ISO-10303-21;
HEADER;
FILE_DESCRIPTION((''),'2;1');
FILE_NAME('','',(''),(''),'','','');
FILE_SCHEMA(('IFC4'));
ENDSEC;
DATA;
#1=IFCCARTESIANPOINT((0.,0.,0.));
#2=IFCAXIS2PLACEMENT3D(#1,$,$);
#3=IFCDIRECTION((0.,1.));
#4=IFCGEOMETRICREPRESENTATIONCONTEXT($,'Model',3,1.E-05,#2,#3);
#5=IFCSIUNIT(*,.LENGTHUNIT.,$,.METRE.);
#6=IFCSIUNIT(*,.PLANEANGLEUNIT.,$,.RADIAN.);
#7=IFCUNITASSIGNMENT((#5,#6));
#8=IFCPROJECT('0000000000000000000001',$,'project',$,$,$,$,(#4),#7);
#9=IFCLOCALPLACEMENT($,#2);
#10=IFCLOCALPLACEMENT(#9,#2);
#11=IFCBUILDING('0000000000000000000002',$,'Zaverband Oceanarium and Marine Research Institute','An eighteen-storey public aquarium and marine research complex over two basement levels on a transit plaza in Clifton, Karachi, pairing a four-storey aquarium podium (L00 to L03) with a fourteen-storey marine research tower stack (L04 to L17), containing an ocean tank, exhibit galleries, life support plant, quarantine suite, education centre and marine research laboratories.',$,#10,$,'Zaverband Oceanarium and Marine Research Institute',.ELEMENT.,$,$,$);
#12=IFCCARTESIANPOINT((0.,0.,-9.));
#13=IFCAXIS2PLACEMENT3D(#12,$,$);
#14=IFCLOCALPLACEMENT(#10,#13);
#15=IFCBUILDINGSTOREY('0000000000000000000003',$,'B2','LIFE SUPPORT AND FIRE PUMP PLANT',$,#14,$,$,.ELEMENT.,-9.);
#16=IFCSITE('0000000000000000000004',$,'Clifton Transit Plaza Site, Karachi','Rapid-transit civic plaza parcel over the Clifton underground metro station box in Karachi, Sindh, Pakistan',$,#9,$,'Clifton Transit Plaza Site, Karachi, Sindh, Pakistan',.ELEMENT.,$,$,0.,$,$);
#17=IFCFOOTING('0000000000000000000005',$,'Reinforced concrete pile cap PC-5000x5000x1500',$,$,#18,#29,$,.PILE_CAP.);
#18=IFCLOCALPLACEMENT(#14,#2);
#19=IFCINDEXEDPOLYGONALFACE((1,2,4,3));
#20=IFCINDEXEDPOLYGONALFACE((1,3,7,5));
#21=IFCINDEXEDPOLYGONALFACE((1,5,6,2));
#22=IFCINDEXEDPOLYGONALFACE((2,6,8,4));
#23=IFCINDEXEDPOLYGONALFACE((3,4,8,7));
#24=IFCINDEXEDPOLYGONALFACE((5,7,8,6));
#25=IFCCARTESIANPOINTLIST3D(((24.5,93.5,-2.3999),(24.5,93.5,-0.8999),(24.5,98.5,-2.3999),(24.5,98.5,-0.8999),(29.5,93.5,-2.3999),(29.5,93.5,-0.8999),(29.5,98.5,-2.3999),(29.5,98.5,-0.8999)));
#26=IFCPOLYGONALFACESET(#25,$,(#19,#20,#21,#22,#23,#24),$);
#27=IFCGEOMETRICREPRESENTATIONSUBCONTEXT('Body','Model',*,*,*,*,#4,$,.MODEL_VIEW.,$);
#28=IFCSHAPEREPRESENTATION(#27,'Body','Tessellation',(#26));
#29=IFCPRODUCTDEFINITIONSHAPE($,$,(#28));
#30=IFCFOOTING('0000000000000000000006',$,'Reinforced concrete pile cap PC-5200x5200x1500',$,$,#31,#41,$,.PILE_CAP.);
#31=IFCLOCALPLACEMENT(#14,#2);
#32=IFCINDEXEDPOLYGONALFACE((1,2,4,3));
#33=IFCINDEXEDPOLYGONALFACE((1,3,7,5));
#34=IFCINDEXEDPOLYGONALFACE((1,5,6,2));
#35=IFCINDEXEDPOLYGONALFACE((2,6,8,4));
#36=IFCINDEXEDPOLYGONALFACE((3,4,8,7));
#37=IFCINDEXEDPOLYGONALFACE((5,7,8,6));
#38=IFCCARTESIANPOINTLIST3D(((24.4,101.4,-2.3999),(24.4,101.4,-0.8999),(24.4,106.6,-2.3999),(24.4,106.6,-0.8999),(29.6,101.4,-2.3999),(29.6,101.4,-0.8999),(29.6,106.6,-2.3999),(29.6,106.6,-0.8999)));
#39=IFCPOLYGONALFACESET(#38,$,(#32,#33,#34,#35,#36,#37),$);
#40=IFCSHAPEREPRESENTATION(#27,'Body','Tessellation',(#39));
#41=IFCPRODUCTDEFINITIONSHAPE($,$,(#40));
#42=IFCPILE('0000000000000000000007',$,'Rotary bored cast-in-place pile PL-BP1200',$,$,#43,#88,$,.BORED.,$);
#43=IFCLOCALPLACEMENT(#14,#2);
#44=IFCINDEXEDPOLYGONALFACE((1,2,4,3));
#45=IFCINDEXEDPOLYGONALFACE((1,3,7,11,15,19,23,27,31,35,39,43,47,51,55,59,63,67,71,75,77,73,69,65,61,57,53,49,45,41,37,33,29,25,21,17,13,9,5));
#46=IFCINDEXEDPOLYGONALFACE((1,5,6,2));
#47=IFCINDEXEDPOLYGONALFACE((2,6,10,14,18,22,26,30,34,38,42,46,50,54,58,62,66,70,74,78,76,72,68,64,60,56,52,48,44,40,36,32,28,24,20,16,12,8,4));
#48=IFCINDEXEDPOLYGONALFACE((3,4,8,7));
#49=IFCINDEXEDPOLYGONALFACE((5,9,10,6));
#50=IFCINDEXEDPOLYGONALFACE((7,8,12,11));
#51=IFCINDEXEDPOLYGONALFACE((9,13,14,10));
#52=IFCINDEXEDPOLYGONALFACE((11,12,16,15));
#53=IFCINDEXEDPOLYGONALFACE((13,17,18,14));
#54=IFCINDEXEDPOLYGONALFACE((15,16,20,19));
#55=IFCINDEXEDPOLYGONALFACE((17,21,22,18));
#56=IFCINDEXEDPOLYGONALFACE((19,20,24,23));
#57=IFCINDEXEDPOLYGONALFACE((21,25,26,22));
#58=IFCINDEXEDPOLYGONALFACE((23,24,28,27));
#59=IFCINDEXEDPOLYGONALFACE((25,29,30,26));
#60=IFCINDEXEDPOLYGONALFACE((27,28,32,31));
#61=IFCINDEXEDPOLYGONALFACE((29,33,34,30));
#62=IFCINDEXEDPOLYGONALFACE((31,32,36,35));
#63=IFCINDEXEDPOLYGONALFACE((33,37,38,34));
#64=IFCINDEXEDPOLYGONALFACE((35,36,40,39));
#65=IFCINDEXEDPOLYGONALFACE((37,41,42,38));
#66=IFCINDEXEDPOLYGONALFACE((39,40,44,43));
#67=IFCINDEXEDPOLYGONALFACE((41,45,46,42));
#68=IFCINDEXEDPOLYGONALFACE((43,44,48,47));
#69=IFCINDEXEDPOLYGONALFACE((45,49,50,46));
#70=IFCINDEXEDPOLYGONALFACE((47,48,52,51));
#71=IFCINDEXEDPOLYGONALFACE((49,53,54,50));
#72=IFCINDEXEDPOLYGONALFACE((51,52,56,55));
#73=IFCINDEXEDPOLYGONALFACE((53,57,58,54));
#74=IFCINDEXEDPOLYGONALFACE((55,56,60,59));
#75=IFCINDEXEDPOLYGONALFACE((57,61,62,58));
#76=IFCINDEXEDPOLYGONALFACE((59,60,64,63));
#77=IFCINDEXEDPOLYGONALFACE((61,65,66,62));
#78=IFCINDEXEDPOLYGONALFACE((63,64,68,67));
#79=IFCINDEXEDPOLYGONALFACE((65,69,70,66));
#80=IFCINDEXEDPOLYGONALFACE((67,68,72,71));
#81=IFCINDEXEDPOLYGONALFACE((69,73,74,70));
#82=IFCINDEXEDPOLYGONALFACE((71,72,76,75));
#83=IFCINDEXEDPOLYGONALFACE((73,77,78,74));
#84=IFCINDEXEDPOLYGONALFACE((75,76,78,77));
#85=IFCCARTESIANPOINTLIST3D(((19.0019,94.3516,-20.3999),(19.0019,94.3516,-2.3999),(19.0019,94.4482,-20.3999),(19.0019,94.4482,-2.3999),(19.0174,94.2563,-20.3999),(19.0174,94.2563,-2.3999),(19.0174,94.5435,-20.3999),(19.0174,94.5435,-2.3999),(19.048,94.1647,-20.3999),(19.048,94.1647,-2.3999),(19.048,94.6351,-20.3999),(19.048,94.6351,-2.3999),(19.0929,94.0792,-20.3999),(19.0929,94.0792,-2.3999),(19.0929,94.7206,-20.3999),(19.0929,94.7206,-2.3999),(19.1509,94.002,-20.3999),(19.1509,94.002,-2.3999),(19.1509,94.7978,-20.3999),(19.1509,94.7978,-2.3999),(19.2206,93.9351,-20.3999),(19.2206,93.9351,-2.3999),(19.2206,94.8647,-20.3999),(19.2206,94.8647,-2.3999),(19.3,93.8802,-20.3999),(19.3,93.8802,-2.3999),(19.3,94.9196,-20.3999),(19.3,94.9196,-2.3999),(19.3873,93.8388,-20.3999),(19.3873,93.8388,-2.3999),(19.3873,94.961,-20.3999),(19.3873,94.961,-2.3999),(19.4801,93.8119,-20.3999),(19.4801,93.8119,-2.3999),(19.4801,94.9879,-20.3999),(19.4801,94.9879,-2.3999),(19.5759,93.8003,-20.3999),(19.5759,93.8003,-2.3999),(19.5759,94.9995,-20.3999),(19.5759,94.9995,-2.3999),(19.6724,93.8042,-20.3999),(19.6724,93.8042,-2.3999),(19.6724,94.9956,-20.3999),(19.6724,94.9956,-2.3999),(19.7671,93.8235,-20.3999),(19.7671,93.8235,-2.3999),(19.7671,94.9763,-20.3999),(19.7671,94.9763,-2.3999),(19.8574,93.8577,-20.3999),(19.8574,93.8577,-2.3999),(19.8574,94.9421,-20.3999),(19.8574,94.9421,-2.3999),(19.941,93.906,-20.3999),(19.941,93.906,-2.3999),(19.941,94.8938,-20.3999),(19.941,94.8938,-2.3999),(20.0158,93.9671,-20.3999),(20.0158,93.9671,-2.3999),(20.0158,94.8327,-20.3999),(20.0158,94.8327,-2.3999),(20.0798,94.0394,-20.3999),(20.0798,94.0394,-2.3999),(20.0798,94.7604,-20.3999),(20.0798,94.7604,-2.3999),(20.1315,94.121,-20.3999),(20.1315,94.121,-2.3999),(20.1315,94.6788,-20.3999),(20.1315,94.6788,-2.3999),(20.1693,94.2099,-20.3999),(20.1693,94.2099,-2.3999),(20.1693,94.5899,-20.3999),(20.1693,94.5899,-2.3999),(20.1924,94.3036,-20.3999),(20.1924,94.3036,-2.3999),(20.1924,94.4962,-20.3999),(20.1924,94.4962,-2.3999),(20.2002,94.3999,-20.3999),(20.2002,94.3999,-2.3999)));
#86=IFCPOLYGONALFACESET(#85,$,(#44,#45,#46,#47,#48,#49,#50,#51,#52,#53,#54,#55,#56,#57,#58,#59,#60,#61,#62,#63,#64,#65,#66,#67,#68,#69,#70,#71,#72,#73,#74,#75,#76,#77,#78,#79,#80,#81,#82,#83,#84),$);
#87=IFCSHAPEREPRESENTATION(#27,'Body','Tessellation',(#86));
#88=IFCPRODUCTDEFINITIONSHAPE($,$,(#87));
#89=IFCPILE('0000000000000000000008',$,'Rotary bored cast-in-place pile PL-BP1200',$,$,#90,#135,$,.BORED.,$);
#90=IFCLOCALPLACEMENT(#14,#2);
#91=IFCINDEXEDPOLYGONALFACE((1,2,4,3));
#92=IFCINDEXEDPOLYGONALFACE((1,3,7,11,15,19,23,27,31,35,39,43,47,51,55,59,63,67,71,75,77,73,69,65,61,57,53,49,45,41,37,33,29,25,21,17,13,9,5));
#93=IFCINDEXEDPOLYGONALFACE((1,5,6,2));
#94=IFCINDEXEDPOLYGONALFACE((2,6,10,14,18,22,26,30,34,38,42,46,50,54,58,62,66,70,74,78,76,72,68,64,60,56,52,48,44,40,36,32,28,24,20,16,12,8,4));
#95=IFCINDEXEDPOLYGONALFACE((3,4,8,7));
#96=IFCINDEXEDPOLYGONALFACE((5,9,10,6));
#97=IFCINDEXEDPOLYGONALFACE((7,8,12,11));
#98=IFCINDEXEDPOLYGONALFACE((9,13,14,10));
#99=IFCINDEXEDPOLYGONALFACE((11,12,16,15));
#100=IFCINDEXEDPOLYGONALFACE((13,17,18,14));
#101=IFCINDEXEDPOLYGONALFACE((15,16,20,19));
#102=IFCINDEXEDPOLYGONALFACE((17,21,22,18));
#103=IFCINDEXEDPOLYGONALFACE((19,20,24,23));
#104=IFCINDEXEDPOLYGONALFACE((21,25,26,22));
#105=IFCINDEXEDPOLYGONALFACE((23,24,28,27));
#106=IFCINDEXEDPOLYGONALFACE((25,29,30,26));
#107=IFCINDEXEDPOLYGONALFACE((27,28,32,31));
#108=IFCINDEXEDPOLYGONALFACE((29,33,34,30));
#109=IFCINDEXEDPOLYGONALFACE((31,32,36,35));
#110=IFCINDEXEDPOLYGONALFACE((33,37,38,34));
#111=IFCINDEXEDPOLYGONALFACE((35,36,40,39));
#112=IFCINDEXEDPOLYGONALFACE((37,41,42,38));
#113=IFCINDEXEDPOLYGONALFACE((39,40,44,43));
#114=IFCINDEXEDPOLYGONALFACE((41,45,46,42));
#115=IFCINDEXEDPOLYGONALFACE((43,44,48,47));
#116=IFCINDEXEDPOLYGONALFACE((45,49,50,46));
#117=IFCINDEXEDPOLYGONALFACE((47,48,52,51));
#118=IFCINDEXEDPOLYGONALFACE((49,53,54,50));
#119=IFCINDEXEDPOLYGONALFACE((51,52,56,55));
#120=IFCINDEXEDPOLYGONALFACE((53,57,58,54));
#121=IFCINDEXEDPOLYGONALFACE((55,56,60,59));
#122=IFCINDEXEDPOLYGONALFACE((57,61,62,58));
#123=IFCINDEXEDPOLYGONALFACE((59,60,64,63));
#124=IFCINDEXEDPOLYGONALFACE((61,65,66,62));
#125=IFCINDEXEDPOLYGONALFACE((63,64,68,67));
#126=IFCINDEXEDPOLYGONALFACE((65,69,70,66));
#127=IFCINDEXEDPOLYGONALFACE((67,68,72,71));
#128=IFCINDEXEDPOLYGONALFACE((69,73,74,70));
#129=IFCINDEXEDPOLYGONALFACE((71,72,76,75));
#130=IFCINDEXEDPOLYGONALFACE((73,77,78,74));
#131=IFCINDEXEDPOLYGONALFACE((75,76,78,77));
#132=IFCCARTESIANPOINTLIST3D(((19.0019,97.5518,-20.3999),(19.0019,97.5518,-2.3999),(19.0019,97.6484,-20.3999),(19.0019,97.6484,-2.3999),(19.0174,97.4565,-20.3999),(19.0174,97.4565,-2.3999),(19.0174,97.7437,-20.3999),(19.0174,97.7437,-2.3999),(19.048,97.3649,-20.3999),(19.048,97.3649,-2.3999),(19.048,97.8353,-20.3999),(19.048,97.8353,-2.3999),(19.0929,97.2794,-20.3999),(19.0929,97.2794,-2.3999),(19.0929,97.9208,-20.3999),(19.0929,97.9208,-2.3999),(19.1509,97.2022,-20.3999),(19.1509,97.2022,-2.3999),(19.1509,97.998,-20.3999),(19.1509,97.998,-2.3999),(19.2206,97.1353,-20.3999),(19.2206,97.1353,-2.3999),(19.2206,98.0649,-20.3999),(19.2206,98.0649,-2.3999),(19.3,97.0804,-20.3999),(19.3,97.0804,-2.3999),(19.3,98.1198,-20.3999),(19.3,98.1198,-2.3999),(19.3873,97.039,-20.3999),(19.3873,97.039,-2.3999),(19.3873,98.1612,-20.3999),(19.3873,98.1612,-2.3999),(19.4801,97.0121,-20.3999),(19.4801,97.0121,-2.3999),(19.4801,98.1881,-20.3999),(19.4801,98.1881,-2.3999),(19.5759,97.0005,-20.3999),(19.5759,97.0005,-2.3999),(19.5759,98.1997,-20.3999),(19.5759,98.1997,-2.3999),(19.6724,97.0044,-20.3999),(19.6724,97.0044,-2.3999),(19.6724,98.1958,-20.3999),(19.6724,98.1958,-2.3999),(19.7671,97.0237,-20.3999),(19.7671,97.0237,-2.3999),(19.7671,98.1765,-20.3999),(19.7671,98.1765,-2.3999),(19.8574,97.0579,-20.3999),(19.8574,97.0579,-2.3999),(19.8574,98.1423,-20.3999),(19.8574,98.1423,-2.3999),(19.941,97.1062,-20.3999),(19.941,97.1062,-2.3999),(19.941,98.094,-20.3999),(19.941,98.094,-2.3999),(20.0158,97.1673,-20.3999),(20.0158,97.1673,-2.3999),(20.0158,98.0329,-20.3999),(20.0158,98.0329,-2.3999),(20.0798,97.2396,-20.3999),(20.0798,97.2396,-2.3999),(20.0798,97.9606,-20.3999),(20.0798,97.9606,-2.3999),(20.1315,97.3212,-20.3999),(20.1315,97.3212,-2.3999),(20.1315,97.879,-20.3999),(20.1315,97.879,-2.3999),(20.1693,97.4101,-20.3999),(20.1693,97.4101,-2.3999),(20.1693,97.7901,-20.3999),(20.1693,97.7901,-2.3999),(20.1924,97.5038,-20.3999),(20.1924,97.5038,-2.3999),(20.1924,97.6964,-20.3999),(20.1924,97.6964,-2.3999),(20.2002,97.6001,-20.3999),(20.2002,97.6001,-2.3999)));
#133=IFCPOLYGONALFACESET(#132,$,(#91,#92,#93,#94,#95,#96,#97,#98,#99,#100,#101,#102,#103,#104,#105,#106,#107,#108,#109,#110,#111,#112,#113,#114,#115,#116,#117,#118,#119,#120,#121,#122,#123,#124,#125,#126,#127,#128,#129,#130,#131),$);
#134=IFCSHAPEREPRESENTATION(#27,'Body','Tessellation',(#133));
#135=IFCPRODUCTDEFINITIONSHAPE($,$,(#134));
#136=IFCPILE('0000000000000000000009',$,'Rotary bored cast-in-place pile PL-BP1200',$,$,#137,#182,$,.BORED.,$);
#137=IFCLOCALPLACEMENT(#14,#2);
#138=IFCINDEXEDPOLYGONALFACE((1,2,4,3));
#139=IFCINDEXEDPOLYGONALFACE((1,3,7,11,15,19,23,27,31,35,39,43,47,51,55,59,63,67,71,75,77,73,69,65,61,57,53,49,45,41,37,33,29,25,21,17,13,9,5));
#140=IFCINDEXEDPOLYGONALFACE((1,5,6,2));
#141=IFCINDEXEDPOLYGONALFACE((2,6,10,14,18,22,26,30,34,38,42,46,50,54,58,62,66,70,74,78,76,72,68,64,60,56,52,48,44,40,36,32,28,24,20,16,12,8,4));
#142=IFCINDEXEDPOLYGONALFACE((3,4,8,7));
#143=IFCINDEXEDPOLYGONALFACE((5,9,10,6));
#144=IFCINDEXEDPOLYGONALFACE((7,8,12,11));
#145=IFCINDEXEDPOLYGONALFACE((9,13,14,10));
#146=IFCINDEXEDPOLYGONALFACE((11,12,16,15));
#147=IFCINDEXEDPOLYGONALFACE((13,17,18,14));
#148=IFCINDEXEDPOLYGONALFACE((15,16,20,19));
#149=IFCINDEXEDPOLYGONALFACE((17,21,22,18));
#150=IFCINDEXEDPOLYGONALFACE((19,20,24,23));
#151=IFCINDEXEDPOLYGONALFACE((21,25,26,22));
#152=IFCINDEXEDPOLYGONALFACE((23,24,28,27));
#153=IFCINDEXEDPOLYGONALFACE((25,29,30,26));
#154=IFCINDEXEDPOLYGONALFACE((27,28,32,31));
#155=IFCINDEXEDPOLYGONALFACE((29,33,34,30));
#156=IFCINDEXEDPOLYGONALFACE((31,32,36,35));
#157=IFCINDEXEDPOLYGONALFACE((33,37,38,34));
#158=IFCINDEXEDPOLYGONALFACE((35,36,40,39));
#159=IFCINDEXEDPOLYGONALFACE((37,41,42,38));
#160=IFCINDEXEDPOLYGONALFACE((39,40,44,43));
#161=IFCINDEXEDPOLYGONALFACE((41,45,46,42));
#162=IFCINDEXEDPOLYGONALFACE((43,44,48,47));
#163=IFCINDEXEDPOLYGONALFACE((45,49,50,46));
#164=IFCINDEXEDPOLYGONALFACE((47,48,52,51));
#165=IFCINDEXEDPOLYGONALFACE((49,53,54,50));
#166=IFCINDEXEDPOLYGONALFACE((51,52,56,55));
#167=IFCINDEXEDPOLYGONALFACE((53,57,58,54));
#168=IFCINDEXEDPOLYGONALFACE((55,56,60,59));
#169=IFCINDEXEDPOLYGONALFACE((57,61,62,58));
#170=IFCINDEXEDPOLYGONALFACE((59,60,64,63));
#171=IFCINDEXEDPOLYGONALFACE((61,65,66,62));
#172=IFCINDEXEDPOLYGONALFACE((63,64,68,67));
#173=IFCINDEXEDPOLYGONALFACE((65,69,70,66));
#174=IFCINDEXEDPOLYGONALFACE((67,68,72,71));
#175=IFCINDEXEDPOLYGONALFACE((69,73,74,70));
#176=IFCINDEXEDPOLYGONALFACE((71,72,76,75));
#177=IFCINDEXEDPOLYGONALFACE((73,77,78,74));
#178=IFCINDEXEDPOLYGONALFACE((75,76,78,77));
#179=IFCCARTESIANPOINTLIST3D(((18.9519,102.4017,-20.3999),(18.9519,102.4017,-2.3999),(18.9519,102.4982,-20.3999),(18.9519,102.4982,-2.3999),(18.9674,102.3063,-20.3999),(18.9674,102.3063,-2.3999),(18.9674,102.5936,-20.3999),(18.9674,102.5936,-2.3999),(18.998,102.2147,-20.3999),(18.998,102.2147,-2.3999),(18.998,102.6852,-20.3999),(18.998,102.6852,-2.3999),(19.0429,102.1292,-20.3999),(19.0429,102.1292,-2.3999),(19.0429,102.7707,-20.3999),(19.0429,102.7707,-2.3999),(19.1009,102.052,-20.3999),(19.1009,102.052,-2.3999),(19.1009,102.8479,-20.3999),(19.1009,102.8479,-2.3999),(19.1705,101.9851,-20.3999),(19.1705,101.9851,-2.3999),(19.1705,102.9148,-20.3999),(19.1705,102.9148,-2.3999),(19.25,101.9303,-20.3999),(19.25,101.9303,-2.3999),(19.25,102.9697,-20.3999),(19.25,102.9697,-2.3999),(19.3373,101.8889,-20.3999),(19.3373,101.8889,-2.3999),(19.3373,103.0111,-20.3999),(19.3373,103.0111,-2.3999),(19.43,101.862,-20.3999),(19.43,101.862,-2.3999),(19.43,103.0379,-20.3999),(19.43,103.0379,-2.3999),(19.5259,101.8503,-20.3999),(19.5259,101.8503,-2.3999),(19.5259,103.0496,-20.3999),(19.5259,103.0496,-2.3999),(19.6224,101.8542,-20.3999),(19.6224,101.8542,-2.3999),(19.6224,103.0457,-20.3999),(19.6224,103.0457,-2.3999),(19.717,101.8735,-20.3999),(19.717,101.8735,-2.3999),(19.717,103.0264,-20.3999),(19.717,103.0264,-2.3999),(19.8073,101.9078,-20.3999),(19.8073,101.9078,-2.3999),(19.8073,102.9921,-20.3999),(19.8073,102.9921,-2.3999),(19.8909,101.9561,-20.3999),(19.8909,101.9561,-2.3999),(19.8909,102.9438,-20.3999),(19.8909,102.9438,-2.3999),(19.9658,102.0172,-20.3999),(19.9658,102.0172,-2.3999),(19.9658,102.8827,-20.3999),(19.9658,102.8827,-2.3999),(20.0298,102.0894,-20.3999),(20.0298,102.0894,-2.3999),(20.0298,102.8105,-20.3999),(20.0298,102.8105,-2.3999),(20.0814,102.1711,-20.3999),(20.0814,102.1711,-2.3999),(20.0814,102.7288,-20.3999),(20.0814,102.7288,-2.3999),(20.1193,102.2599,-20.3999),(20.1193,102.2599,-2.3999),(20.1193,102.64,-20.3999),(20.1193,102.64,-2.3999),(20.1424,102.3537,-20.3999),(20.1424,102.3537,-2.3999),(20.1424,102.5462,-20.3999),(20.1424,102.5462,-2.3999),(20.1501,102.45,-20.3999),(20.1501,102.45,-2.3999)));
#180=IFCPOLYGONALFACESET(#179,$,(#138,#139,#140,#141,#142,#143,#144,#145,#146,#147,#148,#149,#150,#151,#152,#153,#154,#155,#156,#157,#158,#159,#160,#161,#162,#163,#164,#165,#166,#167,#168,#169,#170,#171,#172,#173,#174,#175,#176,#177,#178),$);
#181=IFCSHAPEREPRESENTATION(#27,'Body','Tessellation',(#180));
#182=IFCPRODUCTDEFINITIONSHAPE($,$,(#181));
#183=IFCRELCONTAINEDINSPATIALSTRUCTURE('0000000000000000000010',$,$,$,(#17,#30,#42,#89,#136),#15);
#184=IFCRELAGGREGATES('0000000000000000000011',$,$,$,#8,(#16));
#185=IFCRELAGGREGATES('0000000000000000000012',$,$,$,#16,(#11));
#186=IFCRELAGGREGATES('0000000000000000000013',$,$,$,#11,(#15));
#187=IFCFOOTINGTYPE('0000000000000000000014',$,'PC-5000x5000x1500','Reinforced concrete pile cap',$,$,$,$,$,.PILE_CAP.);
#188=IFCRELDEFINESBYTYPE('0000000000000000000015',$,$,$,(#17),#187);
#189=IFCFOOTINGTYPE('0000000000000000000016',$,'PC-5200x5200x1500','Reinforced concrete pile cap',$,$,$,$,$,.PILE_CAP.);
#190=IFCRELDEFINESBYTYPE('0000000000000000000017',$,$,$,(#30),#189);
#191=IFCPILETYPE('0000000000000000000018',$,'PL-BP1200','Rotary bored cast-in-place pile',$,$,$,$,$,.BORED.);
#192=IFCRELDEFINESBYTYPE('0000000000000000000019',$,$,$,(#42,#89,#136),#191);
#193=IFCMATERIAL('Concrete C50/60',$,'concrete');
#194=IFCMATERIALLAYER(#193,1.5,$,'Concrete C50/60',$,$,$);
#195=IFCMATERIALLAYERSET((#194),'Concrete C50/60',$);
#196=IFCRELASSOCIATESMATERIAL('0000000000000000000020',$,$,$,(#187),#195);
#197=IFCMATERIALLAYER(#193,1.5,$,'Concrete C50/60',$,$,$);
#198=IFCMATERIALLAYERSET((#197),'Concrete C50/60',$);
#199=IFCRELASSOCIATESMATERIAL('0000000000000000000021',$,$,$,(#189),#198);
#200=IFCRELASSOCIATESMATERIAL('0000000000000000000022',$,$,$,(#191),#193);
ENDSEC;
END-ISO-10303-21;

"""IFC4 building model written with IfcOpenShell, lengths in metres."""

from ifc_helpers import new_model, si_unit, direction, frame, origin, origin_2d, place, context, subcontext, project, spatial, rectangle, circle, extrude, material, layer, layer_set, material_profile, profile_set, type_object, element, save


model = new_model("IFC4")

# Units and contexts
model_context = context("Model", 3, precision=1e-05, world=origin(), true_north=direction((0.0, 1.0)))
body_context = subcontext(model_context, "Body", "Model", "MODEL_VIEW")
ifc_project = project(units=[si_unit("LENGTHUNIT", "METRE"), si_unit("PLANEANGLEUNIT", "RADIAN")], contexts=[model_context])

# Site, building, storey
site_placement = place(None, origin())
site = spatial("IfcSite", under=ifc_project, at=site_placement, Name="Clifton Transit Plaza Site, Karachi", Description="Rapid-transit civic plaza parcel over the Clifton underground metro station box in Karachi, Sindh, Pakistan", LongName="Clifton Transit Plaza Site, Karachi, Sindh, Pakistan", CompositionType="ELEMENT", RefElevation=0.0)
building_placement = place(site_placement, origin())
building = spatial("IfcBuilding", under=site, at=building_placement, Name="Zaverband Oceanarium and Marine Research Institute", Description="An eighteen-storey public aquarium and marine research complex over two basement levels on a transit plaza in Clifton, Karachi, pairing a four-storey aquarium podium (L00 to L03) with a fourteen-storey marine research tower stack (L04 to L17), containing an ocean tank, exhibit galleries, life support plant, quarantine suite, education centre and marine research laboratories.", LongName="Zaverband Oceanarium and Marine Research Institute", CompositionType="ELEMENT")
storey_placement = place(building_placement, frame((0.0, 0.0, -9.0)))
storey = spatial("IfcBuildingStorey", under=building, at=storey_placement, Name="B2", Description="LIFE SUPPORT AND FIRE PUMP PLANT", CompositionType="ELEMENT", Elevation=-9.0)

# Footings
ifc_material_1 = material(Name="Concrete C50/60", Category="concrete")
ifc_layer_1 = layer(ifc_material_1, 1.5, Name="Concrete C50/60")
ifc_layer_set_1 = layer_set([ifc_layer_1], Name="Concrete C50/60")
footing_type_1 = type_object("IfcFootingType", Name="PC-5000x5000x1500", Description="Reinforced concrete pile cap", PredefinedType="PILE_CAP", material=ifc_layer_set_1)
footing_1_placement = place(storey_placement, frame((27.0, 96.0, -2.3999), z_axis=(0.0, 0.0, 1.0), x_axis=(1.0, 0.0, 0.0)))
element("IfcFooting", 1, at=footing_1_placement, inside=storey, type_object=footing_type_1, Name="Reinforced concrete pile cap PC-5000x5000x1500", PredefinedType="PILE_CAP", context=body_context, shape_type="SweptSolid", body=[
    extrude(rectangle(XDim=5.0, YDim=5.0, at=origin_2d()), origin(), (0.0, 0.0, 1.0), 1.5),
])
ifc_layer_2 = layer(ifc_material_1, 1.5, Name="Concrete C50/60")
ifc_layer_set_2 = layer_set([ifc_layer_2], Name="Concrete C50/60")
footing_type_2 = type_object("IfcFootingType", Name="PC-5200x5200x1500", Description="Reinforced concrete pile cap", PredefinedType="PILE_CAP", material=ifc_layer_set_2)
footing_2_placement = place(storey_placement, frame((27.0, 104.0, -2.3999), z_axis=(0.0, 0.0, 1.0), x_axis=(1.0, 0.0, 0.0)))
element("IfcFooting", 2, at=footing_2_placement, inside=storey, type_object=footing_type_2, Name="Reinforced concrete pile cap PC-5200x5200x1500", PredefinedType="PILE_CAP", context=body_context, shape_type="SweptSolid", body=[
    extrude(rectangle(XDim=5.2, YDim=5.2, at=origin_2d()), origin(), (0.0, 0.0, 1.0), 1.5),
])

# Piles
ifc_material_profile_1 = material_profile(ifc_material_1, circle(Radius=0.6001, at=origin_2d()), Name="BP1200")
ifc_profile_set_1 = profile_set([ifc_material_profile_1], Name="Concrete C50/60")
pile_type = type_object("IfcPileType", Name="PL-BP1200", Description="Rotary bored cast-in-place pile", PredefinedType="BORED", material=ifc_profile_set_1)
for number, where, z_axis, x_axis, name in (
    (3, (19.6001, 94.3999, -2.3999), (0.0, 0.0, -1.0), (1.0, 0.0, 0.0), "Rotary bored cast-in-place pile PL-BP1200"),
    (4, (19.6001, 97.6001, -2.3999), (0.0, 0.0, -1.0), (1.0, 0.0, 0.0), "Rotary bored cast-in-place pile PL-BP1200"),
    (5, (19.55, 102.45, -2.3999), (0.0, 0.0, -1.0), (1.0, 0.0, 0.0), "Rotary bored cast-in-place pile PL-BP1200"),
):
    element("IfcPile", number, at=place(storey_placement, frame(where, z_axis=z_axis, x_axis=x_axis)), inside=storey, type_object=pile_type, Name=name, PredefinedType="BORED", context=body_context, shape_type="SweptSolid", body=[
        extrude(circle(Radius=0.6001, at=origin_2d()), origin(), (0.0, 0.0, 1.0), 18.0),
    ])

save(model, "model.ifc")
